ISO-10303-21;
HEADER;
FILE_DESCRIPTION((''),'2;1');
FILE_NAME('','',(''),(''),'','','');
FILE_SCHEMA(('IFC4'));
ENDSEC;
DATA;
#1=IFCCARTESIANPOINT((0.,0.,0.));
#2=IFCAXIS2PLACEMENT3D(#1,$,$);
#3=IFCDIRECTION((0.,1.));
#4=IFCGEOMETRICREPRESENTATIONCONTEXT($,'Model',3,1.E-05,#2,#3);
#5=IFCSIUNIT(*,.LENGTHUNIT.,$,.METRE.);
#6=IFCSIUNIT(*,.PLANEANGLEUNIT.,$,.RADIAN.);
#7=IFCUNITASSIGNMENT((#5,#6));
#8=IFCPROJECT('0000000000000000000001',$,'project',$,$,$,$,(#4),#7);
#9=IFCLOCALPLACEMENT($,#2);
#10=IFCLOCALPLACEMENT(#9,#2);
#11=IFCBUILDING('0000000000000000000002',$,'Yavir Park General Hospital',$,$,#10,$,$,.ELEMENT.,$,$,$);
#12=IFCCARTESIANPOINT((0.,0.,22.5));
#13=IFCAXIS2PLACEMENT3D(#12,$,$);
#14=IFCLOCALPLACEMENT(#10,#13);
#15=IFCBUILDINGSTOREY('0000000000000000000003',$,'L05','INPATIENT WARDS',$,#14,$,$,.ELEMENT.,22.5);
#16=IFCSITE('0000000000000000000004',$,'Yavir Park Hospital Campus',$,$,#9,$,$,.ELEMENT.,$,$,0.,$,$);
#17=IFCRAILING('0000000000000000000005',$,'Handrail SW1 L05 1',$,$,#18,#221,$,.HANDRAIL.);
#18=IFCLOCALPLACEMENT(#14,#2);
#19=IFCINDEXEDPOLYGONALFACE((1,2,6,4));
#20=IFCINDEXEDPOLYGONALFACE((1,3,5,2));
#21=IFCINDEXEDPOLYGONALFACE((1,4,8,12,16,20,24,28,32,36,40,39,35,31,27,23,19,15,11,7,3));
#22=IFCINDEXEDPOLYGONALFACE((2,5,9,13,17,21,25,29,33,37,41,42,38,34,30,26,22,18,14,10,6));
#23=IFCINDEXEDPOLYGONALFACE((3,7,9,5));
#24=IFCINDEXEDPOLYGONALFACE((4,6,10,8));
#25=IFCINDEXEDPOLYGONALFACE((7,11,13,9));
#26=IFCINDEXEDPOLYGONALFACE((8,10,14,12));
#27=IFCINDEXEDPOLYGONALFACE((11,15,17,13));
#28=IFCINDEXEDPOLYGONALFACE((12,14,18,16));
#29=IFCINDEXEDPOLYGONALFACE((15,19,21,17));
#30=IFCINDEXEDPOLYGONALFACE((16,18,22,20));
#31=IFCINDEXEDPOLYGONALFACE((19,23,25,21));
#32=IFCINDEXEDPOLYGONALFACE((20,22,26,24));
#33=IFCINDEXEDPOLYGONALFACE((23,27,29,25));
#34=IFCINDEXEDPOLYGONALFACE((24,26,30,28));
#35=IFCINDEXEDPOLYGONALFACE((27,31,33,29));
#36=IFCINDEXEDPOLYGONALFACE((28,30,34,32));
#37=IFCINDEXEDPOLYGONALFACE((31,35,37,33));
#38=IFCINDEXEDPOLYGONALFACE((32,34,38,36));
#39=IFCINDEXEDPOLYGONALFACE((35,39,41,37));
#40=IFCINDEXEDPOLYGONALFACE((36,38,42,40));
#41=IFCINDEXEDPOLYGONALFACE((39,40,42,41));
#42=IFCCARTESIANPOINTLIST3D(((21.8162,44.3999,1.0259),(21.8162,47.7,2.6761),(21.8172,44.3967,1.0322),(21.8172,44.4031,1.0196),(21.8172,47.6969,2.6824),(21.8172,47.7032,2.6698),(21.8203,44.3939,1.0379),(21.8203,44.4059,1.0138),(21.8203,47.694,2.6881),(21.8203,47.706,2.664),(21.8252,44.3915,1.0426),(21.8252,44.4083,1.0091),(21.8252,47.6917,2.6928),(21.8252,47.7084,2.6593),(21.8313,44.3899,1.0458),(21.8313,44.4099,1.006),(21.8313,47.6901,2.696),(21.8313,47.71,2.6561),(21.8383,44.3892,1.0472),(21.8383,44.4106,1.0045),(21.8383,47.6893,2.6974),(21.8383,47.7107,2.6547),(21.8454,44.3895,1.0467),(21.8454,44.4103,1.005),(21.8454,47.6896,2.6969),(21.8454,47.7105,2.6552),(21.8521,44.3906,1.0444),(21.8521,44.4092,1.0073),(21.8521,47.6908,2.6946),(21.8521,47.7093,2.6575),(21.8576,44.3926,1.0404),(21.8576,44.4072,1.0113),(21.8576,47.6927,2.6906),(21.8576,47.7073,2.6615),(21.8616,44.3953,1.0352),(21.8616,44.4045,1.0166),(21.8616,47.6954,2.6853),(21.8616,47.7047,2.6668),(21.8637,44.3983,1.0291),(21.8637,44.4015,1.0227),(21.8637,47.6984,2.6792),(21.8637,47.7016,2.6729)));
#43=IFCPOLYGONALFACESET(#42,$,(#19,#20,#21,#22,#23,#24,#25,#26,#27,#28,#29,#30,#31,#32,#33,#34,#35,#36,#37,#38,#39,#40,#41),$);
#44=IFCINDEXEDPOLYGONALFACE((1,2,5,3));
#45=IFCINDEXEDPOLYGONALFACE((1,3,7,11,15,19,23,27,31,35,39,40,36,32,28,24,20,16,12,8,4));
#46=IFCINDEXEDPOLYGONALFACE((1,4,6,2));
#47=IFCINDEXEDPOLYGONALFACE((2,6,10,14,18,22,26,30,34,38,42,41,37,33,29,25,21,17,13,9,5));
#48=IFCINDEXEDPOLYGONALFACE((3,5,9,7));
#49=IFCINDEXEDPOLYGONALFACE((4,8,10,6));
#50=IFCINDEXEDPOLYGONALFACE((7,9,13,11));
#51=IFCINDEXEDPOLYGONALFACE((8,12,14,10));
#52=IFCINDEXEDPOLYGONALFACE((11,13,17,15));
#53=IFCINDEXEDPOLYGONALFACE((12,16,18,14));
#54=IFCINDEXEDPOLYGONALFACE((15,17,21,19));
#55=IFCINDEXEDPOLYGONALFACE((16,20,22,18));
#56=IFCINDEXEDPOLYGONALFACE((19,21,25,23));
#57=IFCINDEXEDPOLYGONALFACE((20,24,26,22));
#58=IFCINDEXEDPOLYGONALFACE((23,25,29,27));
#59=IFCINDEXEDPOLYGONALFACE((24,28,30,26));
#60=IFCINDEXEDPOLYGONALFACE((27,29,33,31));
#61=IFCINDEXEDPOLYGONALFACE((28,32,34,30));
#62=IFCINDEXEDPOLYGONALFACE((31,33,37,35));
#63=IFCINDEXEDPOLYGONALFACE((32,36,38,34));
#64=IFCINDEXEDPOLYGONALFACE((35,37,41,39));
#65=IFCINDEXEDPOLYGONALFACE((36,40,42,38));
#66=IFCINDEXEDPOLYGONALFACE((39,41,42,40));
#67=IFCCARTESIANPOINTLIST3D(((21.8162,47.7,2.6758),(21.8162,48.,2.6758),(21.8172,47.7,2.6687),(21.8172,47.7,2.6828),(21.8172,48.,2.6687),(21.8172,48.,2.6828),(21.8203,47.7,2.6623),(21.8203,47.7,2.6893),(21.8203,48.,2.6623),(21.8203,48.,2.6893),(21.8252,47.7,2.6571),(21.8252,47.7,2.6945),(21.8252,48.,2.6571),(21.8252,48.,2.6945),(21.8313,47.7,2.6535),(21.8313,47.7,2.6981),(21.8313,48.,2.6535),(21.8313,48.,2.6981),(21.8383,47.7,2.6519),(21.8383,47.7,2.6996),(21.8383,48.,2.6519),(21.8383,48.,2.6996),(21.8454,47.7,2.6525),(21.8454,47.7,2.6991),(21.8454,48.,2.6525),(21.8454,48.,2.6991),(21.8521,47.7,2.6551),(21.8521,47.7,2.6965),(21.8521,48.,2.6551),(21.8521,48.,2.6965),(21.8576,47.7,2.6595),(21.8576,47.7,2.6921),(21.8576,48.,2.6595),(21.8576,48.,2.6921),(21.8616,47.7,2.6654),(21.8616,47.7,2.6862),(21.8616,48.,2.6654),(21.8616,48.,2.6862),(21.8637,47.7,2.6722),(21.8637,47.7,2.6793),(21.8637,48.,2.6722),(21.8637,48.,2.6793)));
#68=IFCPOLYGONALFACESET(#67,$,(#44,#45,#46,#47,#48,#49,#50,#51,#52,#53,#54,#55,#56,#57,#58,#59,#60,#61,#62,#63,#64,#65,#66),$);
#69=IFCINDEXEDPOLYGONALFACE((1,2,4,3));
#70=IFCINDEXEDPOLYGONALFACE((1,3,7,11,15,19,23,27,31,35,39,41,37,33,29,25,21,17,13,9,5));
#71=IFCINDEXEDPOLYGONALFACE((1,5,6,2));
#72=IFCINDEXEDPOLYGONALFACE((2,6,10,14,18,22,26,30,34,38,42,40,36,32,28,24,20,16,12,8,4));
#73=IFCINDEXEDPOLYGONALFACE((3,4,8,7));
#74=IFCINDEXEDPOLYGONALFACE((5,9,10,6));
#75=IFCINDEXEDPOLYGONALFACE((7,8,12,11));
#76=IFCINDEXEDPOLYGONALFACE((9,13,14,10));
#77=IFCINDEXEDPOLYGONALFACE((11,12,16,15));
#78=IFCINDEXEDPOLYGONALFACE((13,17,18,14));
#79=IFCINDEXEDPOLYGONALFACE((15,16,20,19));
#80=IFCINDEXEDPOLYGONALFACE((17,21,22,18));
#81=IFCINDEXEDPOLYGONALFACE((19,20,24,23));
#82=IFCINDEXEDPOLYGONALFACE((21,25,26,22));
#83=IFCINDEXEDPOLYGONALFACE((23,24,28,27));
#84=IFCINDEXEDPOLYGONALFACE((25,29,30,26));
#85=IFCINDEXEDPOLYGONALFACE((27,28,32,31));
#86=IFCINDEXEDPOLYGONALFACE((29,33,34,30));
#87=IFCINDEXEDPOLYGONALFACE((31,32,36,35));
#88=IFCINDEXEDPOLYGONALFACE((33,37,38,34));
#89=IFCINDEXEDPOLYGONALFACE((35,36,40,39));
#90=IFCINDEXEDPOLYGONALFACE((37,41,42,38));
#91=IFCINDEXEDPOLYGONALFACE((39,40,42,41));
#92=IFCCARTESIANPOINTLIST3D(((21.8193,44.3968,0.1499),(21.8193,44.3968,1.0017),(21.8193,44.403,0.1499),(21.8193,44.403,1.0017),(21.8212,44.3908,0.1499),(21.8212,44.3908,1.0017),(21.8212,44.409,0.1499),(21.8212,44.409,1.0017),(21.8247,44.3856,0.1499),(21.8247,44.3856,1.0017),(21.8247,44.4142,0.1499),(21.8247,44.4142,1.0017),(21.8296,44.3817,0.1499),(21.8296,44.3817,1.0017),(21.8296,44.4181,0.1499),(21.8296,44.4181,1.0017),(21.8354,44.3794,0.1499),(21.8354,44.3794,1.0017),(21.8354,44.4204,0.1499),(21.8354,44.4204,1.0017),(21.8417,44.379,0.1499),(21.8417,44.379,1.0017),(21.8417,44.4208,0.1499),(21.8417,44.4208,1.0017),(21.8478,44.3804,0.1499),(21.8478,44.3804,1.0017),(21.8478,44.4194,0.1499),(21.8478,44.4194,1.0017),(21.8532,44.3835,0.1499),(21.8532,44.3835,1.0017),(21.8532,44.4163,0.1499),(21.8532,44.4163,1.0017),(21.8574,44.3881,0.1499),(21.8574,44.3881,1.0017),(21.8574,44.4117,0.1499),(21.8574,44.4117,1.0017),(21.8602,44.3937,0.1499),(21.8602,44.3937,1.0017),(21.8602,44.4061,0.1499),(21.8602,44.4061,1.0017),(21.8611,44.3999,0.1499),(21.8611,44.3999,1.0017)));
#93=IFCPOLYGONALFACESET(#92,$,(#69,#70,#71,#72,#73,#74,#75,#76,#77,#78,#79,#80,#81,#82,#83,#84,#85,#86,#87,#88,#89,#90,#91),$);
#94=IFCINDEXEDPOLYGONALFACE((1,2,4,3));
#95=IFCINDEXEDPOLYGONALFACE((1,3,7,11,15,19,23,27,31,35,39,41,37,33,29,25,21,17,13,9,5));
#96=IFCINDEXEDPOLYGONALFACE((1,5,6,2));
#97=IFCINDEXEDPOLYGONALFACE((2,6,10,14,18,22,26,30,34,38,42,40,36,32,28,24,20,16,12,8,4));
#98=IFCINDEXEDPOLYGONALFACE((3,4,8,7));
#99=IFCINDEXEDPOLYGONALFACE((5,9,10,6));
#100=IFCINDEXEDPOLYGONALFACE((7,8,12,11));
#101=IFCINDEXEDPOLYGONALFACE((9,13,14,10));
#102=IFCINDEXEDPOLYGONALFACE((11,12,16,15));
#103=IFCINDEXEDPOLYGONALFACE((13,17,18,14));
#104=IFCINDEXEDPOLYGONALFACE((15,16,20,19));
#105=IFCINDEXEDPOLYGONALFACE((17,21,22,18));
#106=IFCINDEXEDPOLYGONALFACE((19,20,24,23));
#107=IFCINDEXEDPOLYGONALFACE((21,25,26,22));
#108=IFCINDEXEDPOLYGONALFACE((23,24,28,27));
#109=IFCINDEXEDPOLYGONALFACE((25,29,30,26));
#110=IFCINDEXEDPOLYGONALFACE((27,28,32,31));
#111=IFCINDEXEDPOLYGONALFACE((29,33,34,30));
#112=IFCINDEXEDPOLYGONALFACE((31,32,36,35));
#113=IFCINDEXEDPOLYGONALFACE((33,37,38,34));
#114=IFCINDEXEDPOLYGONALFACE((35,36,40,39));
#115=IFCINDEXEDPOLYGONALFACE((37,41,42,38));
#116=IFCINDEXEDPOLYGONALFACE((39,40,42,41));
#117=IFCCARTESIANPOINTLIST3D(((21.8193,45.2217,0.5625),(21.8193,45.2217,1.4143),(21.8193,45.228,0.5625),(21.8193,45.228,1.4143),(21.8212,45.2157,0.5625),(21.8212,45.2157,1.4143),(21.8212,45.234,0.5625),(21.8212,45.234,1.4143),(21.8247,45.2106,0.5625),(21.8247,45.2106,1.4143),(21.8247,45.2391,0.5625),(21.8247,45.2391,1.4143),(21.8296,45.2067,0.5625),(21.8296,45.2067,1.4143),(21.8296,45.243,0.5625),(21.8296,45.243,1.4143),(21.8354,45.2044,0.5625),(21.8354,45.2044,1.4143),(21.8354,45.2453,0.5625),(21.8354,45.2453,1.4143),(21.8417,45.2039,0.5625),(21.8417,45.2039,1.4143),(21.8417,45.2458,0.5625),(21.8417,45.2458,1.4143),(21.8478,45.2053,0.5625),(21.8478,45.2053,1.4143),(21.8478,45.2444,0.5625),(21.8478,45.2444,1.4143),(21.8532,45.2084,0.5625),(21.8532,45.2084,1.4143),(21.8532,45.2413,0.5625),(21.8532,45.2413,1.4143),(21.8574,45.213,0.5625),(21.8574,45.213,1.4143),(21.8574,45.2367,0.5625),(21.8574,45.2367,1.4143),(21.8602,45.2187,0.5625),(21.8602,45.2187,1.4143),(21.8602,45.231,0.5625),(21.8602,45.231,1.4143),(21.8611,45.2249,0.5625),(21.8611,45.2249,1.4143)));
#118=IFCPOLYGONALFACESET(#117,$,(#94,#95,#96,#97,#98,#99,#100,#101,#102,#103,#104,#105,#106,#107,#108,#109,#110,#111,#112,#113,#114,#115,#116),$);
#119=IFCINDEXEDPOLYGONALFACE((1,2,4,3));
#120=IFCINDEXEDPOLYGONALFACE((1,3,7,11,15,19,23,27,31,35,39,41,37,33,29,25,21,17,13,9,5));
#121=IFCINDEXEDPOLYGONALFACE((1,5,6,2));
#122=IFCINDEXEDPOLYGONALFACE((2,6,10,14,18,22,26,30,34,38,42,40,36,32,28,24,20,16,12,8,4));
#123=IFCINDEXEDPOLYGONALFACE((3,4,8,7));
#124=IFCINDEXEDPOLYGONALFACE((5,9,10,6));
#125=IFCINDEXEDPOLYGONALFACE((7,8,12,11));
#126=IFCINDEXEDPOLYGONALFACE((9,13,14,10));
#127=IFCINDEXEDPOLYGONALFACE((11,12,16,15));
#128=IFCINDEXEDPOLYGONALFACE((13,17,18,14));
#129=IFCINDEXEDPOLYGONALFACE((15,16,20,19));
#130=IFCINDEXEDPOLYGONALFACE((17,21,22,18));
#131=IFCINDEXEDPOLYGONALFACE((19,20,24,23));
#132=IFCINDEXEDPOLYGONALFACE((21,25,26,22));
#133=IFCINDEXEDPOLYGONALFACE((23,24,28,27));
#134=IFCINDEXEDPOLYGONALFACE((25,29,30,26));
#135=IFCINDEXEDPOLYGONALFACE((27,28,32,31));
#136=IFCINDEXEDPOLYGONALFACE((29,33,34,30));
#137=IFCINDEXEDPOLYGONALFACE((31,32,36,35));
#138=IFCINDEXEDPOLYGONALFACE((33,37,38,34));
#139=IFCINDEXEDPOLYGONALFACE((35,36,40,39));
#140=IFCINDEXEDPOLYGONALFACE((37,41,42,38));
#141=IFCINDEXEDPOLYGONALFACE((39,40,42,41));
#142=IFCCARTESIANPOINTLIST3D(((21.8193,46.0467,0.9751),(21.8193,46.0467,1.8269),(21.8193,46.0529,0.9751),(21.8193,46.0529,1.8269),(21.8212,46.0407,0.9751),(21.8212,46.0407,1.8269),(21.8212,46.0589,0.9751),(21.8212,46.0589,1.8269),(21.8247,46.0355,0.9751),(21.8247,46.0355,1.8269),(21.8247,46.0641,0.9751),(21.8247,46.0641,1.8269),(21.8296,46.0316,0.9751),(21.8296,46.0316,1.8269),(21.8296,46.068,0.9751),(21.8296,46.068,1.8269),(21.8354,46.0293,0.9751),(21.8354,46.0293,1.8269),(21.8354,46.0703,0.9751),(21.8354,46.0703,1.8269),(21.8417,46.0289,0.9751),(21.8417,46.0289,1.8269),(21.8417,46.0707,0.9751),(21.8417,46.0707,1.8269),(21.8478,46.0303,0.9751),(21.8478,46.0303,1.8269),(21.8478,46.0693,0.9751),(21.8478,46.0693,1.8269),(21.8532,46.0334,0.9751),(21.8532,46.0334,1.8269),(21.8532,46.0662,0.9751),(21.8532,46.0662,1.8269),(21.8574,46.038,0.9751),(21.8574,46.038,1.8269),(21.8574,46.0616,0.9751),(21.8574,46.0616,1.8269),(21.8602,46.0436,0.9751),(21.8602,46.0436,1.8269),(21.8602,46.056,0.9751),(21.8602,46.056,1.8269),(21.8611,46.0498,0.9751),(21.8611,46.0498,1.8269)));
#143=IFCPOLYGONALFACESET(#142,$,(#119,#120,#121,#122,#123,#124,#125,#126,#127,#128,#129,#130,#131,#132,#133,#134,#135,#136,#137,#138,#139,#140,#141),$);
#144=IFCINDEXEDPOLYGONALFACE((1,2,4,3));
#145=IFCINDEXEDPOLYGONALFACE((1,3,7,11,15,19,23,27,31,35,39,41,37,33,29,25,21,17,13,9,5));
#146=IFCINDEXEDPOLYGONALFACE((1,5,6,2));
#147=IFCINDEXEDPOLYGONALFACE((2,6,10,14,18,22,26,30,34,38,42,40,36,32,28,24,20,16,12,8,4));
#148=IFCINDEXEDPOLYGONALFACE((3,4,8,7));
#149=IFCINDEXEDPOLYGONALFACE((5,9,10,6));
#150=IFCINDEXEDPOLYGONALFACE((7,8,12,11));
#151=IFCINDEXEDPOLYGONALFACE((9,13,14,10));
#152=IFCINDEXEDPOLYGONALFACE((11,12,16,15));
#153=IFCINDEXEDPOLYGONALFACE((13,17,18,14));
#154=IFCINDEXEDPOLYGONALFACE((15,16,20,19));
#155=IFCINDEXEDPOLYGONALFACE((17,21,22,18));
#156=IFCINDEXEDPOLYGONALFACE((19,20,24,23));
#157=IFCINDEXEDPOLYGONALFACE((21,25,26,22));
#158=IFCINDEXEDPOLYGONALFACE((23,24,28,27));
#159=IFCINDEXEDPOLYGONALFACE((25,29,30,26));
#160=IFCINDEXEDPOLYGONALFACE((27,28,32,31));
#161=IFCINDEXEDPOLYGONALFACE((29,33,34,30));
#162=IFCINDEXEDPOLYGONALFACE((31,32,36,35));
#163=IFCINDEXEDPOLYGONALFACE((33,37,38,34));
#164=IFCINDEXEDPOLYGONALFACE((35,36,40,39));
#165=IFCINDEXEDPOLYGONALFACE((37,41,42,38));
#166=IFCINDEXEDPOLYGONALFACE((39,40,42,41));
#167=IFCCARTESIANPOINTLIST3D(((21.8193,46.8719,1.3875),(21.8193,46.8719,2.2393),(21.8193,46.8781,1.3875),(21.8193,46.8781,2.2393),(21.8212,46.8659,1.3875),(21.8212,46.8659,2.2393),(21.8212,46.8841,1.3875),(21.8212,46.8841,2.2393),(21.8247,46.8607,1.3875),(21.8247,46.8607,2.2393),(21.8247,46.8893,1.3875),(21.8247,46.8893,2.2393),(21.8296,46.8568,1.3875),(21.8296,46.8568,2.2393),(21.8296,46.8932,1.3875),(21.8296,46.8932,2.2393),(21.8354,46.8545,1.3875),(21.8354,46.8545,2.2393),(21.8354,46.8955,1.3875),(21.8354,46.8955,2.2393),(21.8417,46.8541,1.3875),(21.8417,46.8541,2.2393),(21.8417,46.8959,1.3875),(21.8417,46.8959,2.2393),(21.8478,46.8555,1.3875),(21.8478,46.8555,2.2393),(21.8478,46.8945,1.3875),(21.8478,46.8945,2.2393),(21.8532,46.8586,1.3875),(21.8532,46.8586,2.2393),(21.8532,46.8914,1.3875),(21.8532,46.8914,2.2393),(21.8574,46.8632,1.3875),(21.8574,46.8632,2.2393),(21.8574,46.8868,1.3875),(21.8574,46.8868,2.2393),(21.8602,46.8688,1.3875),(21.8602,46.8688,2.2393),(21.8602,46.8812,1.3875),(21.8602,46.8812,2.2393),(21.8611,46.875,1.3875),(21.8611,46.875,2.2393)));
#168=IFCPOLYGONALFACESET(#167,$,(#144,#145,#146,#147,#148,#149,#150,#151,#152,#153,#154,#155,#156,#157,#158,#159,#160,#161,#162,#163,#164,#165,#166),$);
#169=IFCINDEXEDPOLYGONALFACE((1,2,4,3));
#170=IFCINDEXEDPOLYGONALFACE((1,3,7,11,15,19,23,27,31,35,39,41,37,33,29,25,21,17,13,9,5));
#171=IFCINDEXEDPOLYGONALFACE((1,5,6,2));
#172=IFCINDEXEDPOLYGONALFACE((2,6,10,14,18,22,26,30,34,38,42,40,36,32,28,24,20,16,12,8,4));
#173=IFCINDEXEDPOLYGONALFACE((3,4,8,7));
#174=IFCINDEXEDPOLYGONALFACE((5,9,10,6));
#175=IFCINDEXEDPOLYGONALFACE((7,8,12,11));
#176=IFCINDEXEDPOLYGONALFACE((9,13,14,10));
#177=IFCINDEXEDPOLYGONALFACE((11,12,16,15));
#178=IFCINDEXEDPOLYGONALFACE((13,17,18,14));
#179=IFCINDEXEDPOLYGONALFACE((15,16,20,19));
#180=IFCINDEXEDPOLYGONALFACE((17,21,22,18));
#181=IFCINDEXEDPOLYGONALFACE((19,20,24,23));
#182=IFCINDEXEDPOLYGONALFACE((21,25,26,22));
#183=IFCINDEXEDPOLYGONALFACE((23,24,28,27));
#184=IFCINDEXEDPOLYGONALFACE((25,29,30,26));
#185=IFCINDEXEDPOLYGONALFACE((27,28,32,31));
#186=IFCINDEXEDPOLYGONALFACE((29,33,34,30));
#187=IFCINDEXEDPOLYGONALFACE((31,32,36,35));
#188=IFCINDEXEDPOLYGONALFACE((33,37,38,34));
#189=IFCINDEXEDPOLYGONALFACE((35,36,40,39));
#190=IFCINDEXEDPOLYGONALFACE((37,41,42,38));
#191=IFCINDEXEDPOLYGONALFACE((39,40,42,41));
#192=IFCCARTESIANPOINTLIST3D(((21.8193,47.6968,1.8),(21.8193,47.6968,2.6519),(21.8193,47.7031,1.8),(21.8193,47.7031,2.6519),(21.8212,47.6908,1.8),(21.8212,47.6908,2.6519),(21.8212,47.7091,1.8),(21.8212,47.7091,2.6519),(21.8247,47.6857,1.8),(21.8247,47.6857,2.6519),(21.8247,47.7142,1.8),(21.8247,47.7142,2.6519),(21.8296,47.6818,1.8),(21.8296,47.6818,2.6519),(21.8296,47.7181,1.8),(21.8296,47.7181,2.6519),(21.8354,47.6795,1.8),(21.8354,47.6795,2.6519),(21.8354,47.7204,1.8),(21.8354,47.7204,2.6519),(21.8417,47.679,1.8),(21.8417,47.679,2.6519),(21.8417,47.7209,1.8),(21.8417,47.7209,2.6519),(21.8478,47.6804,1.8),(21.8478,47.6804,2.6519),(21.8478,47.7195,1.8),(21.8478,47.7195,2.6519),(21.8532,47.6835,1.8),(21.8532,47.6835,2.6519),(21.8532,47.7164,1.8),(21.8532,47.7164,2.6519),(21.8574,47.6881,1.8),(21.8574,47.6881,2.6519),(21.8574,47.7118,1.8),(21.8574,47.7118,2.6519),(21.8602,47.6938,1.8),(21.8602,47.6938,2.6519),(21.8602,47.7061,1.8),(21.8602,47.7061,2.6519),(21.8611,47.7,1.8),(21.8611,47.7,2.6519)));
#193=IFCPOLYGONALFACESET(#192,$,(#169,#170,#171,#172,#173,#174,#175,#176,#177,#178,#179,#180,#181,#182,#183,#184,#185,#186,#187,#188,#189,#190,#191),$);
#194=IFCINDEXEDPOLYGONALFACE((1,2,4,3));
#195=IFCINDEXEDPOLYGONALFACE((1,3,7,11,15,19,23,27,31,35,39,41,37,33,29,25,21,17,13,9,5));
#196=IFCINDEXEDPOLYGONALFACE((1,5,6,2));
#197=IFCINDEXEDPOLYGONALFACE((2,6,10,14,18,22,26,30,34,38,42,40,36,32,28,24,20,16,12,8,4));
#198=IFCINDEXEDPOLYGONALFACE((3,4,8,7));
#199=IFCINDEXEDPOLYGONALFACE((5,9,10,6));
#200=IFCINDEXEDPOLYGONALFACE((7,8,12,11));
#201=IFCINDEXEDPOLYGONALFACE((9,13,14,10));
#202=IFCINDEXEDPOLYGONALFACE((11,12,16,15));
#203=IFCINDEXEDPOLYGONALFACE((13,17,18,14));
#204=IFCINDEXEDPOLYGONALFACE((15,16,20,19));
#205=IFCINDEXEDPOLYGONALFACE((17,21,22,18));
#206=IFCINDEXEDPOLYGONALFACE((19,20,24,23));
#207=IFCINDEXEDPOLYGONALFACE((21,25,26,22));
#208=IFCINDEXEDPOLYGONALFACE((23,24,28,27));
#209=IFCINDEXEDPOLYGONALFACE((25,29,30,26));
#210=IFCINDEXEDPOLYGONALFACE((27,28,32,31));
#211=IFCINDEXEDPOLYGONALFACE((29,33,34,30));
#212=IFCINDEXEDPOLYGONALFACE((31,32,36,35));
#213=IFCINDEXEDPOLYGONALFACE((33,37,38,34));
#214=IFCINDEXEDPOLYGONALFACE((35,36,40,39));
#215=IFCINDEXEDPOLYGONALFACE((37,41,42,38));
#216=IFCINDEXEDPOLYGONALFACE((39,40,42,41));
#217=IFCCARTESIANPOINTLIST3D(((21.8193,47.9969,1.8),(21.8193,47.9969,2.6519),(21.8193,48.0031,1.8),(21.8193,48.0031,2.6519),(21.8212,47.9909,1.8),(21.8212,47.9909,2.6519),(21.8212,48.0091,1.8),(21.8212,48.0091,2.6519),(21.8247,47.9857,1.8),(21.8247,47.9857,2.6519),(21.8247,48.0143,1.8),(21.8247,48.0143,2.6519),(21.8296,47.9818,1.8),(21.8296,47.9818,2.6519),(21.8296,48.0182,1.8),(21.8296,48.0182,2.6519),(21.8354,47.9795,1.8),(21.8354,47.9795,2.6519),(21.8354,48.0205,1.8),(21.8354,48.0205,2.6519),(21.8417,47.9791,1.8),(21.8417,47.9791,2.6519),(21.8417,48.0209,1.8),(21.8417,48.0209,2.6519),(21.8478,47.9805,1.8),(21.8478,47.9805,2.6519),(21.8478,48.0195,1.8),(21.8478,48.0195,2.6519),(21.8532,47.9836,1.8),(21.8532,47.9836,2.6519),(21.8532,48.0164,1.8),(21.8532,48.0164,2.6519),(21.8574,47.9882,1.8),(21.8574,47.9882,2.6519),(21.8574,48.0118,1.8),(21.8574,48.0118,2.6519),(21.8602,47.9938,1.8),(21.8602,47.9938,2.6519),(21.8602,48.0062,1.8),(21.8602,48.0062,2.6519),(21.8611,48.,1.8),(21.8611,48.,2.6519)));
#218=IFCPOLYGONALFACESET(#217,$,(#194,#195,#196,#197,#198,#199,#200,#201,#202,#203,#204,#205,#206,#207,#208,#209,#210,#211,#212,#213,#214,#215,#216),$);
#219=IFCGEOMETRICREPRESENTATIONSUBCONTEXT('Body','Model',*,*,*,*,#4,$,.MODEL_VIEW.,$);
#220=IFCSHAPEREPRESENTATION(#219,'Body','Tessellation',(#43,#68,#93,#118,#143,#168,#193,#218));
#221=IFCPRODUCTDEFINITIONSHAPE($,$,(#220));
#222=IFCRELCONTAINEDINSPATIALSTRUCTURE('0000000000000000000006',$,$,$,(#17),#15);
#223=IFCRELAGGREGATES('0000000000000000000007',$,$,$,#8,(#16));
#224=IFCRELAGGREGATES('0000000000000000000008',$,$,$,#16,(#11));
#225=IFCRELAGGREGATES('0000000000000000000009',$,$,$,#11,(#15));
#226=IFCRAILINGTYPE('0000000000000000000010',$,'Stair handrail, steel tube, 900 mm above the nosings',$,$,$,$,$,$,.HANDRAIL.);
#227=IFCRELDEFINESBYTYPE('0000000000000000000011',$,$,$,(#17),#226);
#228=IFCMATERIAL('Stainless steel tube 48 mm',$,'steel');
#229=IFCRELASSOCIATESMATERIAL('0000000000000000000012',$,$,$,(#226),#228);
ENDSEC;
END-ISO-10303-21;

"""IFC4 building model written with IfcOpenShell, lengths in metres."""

from ifc_helpers import new_model, si_unit, direction, frame, origin, origin_2d, place, context, subcontext, project, spatial, circle, extrude, material, type_object, element, save


model = new_model("IFC4")

# Units and contexts
model_context = context("Model", 3, precision=1e-05, world=origin(), true_north=direction((0.0, 1.0)))
body_context = subcontext(model_context, "Body", "Model", "MODEL_VIEW")
ifc_project = project(units=[si_unit("LENGTHUNIT", "METRE"), si_unit("PLANEANGLEUNIT", "RADIAN")], contexts=[model_context])

# Site, building, storey
site_placement = place(None, origin())
site = spatial("IfcSite", under=ifc_project, at=site_placement, Name="Yavir Park Hospital Campus", CompositionType="ELEMENT", RefElevation=0.0)
building_placement = place(site_placement, origin())
building = spatial("IfcBuilding", under=site, at=building_placement, Name="Yavir Park General Hospital", CompositionType="ELEMENT")
storey_placement = place(building_placement, frame((0.0, 0.0, 22.5)))
storey = spatial("IfcBuildingStorey", under=building, at=storey_placement, Name="L05", Description="INPATIENT WARDS", CompositionType="ELEMENT", Elevation=22.5)

# Railing
ifc_material_1 = material(Name="Stainless steel tube 48 mm", Category="steel")
railing_type = type_object("IfcRailingType", Name="Stair handrail, steel tube, 900 mm above the nosings", PredefinedType="HANDRAIL", material=ifc_material_1)
railing_placement = place(storey_placement, frame((21.8401, 44.3999, 0.1499)))
element("IfcRailing", 1, at=railing_placement, inside=storey, type_object=railing_type, Name="Handrail SW1 L05 1", PredefinedType="HANDRAIL", context=body_context, shape_type="SweptSolid", body=[
    extrude(circle(Radius=0.0239, at=origin_2d()), frame((0.0, 0.0, 0.876), z_axis=(0.0, 0.894414, 0.44724), x_axis=(-1.0, 0.0, 0.0)), (0.0, 0.0, 1.0), 3.6897),
    extrude(circle(Radius=0.0239, at=origin_2d()), frame((0.0, 3.3, 2.5259), z_axis=(0.0, 1.0, 0.0), x_axis=(-1.0, 0.0, 0.0)), (0.0, 0.0, 1.0), 0.3),
    extrude(circle(Radius=0.021, at=origin_2d()), origin(), (0.0, 0.0, 1.0), 0.8518),
    extrude(circle(Radius=0.021, at=origin_2d()), frame((0.0, 0.825, 0.4126)), (0.0, 0.0, 1.0), 0.8518),
    extrude(circle(Radius=0.021, at=origin_2d()), frame((0.0, 1.6499, 0.8252)), (0.0, 0.0, 1.0), 0.8518),
    extrude(circle(Radius=0.021, at=origin_2d()), frame((0.0, 2.4751, 1.2375)), (0.0, 0.0, 1.0), 0.8518),
    extrude(circle(Radius=0.021, at=origin_2d()), frame((0.0, 3.3, 1.6501)), (0.0, 0.0, 1.0), 0.8518),
    extrude(circle(Radius=0.021, at=origin_2d()), frame((0.0, 3.6001, 1.6501)), (0.0, 0.0, 1.0), 0.8518),
])

save(model, "model.ifc")
